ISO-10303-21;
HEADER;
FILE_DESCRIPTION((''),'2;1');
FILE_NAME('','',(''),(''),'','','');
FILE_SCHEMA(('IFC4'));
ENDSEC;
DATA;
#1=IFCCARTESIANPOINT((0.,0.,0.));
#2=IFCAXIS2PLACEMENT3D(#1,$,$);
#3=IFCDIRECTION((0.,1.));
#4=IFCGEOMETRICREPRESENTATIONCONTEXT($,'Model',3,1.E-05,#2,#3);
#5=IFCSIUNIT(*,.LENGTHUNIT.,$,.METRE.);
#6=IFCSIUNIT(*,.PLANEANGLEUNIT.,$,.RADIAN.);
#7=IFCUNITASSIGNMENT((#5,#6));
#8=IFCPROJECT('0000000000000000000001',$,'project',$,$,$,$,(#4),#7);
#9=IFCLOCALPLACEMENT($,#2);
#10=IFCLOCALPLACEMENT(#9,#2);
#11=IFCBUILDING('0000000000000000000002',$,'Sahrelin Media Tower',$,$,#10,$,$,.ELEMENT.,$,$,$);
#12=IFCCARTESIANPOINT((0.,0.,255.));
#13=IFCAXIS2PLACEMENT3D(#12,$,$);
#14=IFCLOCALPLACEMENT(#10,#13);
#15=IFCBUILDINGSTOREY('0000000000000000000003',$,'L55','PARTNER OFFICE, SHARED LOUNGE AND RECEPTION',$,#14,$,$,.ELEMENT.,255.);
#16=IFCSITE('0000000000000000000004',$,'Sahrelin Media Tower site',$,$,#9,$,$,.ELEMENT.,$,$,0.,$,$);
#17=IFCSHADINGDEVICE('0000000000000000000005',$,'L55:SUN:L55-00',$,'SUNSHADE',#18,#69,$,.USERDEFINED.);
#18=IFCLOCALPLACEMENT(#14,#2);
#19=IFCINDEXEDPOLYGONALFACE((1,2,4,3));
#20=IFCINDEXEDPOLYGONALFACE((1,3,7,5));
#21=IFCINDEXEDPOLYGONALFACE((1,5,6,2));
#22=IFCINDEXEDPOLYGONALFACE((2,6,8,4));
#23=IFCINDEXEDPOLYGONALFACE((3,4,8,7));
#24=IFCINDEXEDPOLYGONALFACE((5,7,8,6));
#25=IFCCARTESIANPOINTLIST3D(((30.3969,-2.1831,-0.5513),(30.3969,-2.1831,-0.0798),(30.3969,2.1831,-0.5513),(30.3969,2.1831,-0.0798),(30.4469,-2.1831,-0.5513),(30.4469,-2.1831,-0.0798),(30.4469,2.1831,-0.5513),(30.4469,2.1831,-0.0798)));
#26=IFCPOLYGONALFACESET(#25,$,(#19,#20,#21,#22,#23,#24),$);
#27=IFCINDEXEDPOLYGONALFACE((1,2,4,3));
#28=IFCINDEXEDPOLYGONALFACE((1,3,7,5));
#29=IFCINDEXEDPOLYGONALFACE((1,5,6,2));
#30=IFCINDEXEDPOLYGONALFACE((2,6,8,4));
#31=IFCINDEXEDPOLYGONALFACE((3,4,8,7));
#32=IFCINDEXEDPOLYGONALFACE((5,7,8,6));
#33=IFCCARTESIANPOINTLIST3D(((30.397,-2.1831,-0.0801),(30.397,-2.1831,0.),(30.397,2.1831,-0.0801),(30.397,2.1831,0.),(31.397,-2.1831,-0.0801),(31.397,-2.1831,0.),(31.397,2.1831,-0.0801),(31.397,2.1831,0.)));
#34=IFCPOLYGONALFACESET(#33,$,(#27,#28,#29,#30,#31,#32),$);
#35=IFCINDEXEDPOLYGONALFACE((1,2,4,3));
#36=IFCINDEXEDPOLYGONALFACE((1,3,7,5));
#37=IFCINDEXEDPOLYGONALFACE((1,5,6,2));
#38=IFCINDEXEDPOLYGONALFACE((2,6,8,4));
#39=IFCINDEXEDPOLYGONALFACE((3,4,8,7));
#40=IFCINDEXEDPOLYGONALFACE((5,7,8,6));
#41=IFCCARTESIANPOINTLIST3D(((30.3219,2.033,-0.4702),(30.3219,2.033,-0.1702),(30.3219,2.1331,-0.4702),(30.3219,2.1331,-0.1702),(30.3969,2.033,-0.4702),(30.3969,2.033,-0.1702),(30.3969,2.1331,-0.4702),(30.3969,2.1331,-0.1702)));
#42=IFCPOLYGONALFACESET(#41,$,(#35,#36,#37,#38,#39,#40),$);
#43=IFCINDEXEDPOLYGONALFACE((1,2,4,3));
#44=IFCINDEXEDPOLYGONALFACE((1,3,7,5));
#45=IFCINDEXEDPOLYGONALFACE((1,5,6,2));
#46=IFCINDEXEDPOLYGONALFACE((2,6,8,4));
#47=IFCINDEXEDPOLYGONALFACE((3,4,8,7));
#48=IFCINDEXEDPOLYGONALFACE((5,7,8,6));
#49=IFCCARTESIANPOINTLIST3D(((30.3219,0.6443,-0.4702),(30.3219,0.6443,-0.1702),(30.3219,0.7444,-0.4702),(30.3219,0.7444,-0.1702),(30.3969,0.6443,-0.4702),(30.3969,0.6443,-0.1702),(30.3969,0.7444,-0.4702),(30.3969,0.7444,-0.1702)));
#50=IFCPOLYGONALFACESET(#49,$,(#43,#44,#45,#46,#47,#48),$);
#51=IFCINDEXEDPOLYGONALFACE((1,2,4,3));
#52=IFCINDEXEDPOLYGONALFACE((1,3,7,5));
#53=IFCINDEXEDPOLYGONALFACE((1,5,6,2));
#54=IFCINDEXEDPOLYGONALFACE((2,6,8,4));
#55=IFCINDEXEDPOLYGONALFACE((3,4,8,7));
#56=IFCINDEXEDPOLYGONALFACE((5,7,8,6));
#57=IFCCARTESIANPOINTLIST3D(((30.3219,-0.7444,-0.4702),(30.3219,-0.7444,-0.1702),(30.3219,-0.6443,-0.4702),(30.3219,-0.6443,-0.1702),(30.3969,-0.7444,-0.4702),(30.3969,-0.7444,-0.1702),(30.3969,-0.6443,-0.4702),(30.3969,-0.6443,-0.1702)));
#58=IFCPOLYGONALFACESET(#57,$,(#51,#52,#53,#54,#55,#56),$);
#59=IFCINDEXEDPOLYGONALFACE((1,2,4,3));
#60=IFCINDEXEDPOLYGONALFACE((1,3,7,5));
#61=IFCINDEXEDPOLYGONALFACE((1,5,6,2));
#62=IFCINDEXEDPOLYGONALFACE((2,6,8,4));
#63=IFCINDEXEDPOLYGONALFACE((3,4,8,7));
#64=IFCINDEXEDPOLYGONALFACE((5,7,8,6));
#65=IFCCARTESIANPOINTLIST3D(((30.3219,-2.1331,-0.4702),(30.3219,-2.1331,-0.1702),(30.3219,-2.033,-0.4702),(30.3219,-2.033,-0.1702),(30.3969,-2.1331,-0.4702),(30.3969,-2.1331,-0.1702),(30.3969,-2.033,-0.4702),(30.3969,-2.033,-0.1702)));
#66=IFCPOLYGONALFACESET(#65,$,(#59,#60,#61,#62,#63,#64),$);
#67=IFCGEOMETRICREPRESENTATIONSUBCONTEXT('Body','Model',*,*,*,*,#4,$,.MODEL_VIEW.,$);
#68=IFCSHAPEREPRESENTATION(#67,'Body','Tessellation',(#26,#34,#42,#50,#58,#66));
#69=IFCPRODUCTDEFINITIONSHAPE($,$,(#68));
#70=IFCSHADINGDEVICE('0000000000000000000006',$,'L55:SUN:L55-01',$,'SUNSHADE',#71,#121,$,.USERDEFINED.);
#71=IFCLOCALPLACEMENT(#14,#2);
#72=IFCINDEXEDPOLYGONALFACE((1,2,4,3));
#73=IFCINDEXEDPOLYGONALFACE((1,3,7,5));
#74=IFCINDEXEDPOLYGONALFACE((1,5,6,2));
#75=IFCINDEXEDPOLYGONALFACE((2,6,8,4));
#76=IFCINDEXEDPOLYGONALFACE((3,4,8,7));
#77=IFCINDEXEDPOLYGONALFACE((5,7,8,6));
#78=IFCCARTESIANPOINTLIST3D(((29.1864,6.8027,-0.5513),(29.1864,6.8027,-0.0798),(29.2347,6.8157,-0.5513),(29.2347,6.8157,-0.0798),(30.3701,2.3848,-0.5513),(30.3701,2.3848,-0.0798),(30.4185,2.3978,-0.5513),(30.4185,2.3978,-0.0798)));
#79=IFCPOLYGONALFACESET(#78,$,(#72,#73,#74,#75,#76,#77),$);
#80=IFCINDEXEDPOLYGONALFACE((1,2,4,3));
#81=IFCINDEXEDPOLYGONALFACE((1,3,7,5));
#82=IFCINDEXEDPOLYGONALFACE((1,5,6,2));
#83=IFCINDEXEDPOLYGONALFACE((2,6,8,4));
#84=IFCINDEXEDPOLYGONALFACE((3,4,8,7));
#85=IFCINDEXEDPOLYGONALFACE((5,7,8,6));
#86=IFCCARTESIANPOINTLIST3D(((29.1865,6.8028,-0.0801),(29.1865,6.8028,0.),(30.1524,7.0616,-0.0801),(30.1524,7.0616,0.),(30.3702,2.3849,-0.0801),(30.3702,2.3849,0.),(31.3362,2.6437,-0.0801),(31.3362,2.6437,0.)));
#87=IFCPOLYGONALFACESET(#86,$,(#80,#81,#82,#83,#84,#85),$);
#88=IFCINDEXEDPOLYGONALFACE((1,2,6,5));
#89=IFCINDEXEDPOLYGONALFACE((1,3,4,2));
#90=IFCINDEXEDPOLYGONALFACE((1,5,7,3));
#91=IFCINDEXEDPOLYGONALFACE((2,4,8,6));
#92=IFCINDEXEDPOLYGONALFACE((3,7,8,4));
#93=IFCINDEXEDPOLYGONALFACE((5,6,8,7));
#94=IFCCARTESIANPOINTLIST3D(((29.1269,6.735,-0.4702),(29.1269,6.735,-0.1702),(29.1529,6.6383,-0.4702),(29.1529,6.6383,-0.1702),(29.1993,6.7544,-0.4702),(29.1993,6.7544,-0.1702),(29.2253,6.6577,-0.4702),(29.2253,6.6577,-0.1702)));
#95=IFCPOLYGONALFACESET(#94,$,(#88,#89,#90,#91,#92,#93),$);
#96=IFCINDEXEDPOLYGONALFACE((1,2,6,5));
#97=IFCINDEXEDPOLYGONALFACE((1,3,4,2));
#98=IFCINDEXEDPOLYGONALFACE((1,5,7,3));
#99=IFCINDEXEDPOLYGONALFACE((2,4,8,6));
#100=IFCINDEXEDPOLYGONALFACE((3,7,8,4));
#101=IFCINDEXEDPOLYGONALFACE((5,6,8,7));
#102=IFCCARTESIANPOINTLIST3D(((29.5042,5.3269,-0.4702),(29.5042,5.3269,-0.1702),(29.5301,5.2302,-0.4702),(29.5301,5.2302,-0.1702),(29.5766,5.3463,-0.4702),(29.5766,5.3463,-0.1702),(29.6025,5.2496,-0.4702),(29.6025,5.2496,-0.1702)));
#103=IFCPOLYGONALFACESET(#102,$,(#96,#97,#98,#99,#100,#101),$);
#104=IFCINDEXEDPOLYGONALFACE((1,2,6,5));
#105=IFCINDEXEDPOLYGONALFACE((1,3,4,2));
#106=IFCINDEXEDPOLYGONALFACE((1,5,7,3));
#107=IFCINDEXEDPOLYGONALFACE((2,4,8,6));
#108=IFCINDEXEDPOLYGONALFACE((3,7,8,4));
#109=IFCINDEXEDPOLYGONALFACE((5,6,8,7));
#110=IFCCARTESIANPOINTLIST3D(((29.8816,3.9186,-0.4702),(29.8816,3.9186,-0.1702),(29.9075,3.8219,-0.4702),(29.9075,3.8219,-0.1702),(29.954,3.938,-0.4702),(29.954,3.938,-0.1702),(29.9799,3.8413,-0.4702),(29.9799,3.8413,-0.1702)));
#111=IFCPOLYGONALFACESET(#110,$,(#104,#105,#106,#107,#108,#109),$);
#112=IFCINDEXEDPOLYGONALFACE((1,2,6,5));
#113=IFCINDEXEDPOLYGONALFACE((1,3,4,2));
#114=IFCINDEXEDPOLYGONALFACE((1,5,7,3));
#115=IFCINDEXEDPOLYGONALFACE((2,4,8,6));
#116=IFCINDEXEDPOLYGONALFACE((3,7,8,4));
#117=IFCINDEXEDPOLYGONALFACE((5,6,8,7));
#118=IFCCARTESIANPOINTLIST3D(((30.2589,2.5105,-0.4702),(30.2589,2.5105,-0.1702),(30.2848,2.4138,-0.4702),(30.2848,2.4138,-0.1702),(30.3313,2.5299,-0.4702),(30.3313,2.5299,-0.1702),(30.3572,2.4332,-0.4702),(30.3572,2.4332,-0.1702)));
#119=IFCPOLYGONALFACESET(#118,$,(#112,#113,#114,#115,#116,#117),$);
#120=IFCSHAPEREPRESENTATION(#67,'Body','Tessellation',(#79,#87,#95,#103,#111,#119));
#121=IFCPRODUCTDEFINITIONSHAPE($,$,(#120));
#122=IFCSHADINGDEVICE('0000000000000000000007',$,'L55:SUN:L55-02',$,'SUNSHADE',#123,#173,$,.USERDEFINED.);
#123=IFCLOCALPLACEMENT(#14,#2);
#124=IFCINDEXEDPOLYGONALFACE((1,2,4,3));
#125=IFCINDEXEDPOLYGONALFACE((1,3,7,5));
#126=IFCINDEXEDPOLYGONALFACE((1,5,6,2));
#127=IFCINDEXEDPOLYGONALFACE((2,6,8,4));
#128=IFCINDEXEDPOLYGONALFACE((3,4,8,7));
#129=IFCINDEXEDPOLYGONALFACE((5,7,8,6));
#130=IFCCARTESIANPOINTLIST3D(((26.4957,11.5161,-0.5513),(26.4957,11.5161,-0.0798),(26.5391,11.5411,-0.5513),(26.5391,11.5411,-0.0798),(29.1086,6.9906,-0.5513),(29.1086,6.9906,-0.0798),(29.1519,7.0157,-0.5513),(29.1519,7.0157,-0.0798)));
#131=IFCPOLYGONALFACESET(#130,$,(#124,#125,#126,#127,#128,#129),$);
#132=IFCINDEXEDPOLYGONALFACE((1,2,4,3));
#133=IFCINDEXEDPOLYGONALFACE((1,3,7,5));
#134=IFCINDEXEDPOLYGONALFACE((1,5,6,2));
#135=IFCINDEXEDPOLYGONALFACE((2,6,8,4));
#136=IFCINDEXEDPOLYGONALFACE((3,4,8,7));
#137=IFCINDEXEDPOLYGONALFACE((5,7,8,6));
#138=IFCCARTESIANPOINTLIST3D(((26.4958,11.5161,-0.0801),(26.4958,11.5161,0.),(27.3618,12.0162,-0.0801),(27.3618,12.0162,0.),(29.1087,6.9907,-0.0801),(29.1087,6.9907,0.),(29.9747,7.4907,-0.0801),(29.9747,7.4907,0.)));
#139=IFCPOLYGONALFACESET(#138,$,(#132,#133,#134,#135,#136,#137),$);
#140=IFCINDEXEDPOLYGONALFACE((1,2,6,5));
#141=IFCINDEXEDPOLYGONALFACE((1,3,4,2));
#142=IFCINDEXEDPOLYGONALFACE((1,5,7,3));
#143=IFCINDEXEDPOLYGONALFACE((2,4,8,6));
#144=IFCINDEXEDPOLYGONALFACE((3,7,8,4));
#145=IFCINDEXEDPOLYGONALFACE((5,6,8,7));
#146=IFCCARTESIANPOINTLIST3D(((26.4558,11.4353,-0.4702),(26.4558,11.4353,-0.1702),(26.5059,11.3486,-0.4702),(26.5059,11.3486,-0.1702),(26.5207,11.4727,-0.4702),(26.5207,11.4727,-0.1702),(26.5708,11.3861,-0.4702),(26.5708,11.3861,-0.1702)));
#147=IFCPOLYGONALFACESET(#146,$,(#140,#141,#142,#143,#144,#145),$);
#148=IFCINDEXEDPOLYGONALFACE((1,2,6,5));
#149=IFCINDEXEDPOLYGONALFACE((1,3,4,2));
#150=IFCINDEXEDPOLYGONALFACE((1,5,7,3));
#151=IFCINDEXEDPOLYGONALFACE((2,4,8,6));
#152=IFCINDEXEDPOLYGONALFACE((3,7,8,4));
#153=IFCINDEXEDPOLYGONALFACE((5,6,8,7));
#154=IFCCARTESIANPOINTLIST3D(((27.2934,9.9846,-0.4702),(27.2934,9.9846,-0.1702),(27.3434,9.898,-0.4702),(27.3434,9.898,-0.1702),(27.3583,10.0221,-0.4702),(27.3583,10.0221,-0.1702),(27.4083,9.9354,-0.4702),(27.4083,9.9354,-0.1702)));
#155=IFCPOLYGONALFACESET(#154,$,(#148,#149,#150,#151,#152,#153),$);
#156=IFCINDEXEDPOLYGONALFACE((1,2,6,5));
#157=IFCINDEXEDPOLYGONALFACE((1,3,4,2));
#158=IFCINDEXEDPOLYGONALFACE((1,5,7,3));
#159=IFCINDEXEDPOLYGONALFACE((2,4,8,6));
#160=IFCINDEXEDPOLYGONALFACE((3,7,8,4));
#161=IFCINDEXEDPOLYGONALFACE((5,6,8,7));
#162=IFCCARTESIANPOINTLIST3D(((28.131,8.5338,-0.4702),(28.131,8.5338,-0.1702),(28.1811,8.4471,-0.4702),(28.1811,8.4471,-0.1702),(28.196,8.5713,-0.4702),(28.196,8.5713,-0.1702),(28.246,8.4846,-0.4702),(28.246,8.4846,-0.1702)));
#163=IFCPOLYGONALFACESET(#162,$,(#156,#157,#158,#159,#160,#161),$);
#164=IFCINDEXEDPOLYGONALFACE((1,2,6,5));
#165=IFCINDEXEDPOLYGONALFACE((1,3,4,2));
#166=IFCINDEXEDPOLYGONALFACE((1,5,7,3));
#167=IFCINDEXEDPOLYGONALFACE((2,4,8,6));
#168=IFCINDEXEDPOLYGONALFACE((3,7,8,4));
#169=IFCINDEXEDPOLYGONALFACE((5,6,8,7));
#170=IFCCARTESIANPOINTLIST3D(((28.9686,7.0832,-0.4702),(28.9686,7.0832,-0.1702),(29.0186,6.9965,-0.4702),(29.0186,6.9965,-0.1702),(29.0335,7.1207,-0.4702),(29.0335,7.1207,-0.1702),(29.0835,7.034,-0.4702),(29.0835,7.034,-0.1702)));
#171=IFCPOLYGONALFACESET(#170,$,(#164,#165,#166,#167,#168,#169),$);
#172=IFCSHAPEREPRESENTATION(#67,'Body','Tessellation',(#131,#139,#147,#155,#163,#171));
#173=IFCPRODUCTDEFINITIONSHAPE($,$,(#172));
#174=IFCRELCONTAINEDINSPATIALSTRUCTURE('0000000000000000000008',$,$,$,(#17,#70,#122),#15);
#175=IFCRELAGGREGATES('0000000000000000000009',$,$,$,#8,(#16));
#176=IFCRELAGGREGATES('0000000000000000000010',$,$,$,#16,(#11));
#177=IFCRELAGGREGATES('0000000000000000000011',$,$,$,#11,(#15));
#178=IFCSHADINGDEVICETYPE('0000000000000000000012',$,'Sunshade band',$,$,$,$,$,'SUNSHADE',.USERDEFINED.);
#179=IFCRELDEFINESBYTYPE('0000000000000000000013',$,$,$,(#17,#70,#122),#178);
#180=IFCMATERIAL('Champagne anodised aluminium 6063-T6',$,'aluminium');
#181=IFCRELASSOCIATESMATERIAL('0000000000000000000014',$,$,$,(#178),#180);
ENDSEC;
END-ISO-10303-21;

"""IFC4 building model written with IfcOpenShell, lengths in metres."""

from ifc_helpers import new_model, si_unit, direction, frame, origin, origin_2d, place, context, subcontext, project, spatial, rectangle, extrude, material, type_object, element, save


model = new_model("IFC4")

# Units and contexts
model_context = context("Model", 3, precision=1e-05, world=origin(), true_north=direction((0.0, 1.0)))
body_context = subcontext(model_context, "Body", "Model", "MODEL_VIEW")
ifc_project = project(units=[si_unit("LENGTHUNIT", "METRE"), si_unit("PLANEANGLEUNIT", "RADIAN")], contexts=[model_context])

# Site, building, storey
site_placement = place(None, origin())
site = spatial("IfcSite", under=ifc_project, at=site_placement, Name="Sahrelin Media Tower site", CompositionType="ELEMENT", RefElevation=0.0)
building_placement = place(site_placement, origin())
building = spatial("IfcBuilding", under=site, at=building_placement, Name="Sahrelin Media Tower", CompositionType="ELEMENT")
storey_placement = place(building_placement, frame((0.0, 0.0, 255.0)))
storey = spatial("IfcBuildingStorey", under=building, at=storey_placement, Name="L55", Description="PARTNER OFFICE, SHARED LOUNGE AND RECEPTION", CompositionType="ELEMENT", Elevation=255.0)

# Shared definitions
ifc_material_1 = material(Name="Champagne anodised aluminium 6063-T6", Category="aluminium")

# Shading devices
placement_1 = place(storey_placement, frame((30.377, 0.0, 0.0), z_axis=(0.0, 0.0, 1.0), x_axis=(0.0, -1.0, 0.0)))
placement_2 = place(storey_placement, frame((29.759, 4.5886, 0.0), z_axis=(0.0, 0.0, 1.0), x_axis=(0.258808, -0.965929, 0.0)))
placement_3 = place(storey_placement, frame((27.7849, 9.2434, 0.0), z_axis=(0.0, 0.0, 1.0), x_axis=(0.500011, -0.866019, 0.0)))
shading_device_type_1 = type_object("IfcShadingDeviceType", Name="Sunshade band", ElementType="SUNSHADE", PredefinedType="USERDEFINED", material=ifc_material_1)
element("IfcShadingDevice", 1, at=placement_1, inside=storey, type_object=shading_device_type_1, Name="L55:SUN:L55-00", ObjectType="SUNSHADE", PredefinedType="USERDEFINED", context=body_context, shape_type="SweptSolid", body=[
    extrude(rectangle(XDim=4.3662, YDim=0.05, at=origin_2d()), frame((0.0, 0.0449, -0.5513)), (0.0, 0.0, 1.0), 0.4714),
    extrude(rectangle(XDim=4.3662, YDim=1.0, at=origin_2d()), frame((0.0, 0.52, -0.0801)), (0.0, 0.0, 1.0), 0.0801),
    extrude(rectangle(XDim=0.1001, YDim=0.075, at=origin_2d()), frame((-2.083, -0.0176, -0.4702)), (0.0, 0.0, 1.0), 0.3),
    extrude(rectangle(XDim=0.1001, YDim=0.075, at=origin_2d()), frame((-0.6943, -0.0176, -0.4702)), (0.0, 0.0, 1.0), 0.3),
    extrude(rectangle(XDim=0.1001, YDim=0.075, at=origin_2d()), frame((0.6943, -0.0176, -0.4702)), (0.0, 0.0, 1.0), 0.3),
    extrude(rectangle(XDim=0.1001, YDim=0.075, at=origin_2d()), frame((2.083, -0.0176, -0.4702)), (0.0, 0.0, 1.0), 0.3),
])
element("IfcShadingDevice", 2, at=placement_2, inside=storey, type_object=shading_device_type_1, Name="L55:SUN:L55-01", ObjectType="SUNSHADE", PredefinedType="USERDEFINED", context=body_context, shape_type="SweptSolid", body=[
    extrude(rectangle(XDim=4.5737, YDim=0.05, at=origin_2d()), frame((0.0, 0.0449, -0.5513)), (0.0, 0.0, 1.0), 0.4714),
    extrude(rectangle(XDim=4.5737, YDim=1.0, at=origin_2d()), frame((0.0, 0.52, -0.0801)), (0.0, 0.0, 1.0), 0.0801),
    extrude(rectangle(XDim=0.1001, YDim=0.075, at=origin_2d()), frame((-2.1868, -0.0176, -0.4702)), (0.0, 0.0, 1.0), 0.3),
    extrude(rectangle(XDim=0.1001, YDim=0.075, at=origin_2d()), frame((-0.729, -0.0176, -0.4702)), (0.0, 0.0, 1.0), 0.3),
    extrude(rectangle(XDim=0.1001, YDim=0.075, at=origin_2d()), frame((0.729, -0.0176, -0.4702)), (0.0, 0.0, 1.0), 0.3),
    extrude(rectangle(XDim=0.1001, YDim=0.075, at=origin_2d()), frame((2.1868, -0.0176, -0.4702)), (0.0, 0.0, 1.0), 0.3),
])
element("IfcShadingDevice", 3, at=placement_3, inside=storey, type_object=shading_device_type_1, Name="L55:SUN:L55-02", ObjectType="SUNSHADE", PredefinedType="USERDEFINED", context=body_context, shape_type="SweptSolid", body=[
    extrude(rectangle(XDim=5.2256, YDim=0.05, at=origin_2d()), frame((0.0, 0.0449, -0.5513)), (0.0, 0.0, 1.0), 0.4714),
    extrude(rectangle(XDim=5.2256, YDim=1.0, at=origin_2d()), frame((0.0, 0.52, -0.0801)), (0.0, 0.0, 1.0), 0.0801),
    extrude(rectangle(XDim=0.1001, YDim=0.075, at=origin_2d()), frame((-2.5127, -0.0176, -0.4702)), (0.0, 0.0, 1.0), 0.3),
    extrude(rectangle(XDim=0.1001, YDim=0.075, at=origin_2d()), frame((-0.8376, -0.0176, -0.4702)), (0.0, 0.0, 1.0), 0.3),
    extrude(rectangle(XDim=0.1001, YDim=0.075, at=origin_2d()), frame((0.8376, -0.0176, -0.4702)), (0.0, 0.0, 1.0), 0.3),
    extrude(rectangle(XDim=0.1001, YDim=0.075, at=origin_2d()), frame((2.5127, -0.0176, -0.4702)), (0.0, 0.0, 1.0), 0.3),
])

save(model, "model.ifc")
